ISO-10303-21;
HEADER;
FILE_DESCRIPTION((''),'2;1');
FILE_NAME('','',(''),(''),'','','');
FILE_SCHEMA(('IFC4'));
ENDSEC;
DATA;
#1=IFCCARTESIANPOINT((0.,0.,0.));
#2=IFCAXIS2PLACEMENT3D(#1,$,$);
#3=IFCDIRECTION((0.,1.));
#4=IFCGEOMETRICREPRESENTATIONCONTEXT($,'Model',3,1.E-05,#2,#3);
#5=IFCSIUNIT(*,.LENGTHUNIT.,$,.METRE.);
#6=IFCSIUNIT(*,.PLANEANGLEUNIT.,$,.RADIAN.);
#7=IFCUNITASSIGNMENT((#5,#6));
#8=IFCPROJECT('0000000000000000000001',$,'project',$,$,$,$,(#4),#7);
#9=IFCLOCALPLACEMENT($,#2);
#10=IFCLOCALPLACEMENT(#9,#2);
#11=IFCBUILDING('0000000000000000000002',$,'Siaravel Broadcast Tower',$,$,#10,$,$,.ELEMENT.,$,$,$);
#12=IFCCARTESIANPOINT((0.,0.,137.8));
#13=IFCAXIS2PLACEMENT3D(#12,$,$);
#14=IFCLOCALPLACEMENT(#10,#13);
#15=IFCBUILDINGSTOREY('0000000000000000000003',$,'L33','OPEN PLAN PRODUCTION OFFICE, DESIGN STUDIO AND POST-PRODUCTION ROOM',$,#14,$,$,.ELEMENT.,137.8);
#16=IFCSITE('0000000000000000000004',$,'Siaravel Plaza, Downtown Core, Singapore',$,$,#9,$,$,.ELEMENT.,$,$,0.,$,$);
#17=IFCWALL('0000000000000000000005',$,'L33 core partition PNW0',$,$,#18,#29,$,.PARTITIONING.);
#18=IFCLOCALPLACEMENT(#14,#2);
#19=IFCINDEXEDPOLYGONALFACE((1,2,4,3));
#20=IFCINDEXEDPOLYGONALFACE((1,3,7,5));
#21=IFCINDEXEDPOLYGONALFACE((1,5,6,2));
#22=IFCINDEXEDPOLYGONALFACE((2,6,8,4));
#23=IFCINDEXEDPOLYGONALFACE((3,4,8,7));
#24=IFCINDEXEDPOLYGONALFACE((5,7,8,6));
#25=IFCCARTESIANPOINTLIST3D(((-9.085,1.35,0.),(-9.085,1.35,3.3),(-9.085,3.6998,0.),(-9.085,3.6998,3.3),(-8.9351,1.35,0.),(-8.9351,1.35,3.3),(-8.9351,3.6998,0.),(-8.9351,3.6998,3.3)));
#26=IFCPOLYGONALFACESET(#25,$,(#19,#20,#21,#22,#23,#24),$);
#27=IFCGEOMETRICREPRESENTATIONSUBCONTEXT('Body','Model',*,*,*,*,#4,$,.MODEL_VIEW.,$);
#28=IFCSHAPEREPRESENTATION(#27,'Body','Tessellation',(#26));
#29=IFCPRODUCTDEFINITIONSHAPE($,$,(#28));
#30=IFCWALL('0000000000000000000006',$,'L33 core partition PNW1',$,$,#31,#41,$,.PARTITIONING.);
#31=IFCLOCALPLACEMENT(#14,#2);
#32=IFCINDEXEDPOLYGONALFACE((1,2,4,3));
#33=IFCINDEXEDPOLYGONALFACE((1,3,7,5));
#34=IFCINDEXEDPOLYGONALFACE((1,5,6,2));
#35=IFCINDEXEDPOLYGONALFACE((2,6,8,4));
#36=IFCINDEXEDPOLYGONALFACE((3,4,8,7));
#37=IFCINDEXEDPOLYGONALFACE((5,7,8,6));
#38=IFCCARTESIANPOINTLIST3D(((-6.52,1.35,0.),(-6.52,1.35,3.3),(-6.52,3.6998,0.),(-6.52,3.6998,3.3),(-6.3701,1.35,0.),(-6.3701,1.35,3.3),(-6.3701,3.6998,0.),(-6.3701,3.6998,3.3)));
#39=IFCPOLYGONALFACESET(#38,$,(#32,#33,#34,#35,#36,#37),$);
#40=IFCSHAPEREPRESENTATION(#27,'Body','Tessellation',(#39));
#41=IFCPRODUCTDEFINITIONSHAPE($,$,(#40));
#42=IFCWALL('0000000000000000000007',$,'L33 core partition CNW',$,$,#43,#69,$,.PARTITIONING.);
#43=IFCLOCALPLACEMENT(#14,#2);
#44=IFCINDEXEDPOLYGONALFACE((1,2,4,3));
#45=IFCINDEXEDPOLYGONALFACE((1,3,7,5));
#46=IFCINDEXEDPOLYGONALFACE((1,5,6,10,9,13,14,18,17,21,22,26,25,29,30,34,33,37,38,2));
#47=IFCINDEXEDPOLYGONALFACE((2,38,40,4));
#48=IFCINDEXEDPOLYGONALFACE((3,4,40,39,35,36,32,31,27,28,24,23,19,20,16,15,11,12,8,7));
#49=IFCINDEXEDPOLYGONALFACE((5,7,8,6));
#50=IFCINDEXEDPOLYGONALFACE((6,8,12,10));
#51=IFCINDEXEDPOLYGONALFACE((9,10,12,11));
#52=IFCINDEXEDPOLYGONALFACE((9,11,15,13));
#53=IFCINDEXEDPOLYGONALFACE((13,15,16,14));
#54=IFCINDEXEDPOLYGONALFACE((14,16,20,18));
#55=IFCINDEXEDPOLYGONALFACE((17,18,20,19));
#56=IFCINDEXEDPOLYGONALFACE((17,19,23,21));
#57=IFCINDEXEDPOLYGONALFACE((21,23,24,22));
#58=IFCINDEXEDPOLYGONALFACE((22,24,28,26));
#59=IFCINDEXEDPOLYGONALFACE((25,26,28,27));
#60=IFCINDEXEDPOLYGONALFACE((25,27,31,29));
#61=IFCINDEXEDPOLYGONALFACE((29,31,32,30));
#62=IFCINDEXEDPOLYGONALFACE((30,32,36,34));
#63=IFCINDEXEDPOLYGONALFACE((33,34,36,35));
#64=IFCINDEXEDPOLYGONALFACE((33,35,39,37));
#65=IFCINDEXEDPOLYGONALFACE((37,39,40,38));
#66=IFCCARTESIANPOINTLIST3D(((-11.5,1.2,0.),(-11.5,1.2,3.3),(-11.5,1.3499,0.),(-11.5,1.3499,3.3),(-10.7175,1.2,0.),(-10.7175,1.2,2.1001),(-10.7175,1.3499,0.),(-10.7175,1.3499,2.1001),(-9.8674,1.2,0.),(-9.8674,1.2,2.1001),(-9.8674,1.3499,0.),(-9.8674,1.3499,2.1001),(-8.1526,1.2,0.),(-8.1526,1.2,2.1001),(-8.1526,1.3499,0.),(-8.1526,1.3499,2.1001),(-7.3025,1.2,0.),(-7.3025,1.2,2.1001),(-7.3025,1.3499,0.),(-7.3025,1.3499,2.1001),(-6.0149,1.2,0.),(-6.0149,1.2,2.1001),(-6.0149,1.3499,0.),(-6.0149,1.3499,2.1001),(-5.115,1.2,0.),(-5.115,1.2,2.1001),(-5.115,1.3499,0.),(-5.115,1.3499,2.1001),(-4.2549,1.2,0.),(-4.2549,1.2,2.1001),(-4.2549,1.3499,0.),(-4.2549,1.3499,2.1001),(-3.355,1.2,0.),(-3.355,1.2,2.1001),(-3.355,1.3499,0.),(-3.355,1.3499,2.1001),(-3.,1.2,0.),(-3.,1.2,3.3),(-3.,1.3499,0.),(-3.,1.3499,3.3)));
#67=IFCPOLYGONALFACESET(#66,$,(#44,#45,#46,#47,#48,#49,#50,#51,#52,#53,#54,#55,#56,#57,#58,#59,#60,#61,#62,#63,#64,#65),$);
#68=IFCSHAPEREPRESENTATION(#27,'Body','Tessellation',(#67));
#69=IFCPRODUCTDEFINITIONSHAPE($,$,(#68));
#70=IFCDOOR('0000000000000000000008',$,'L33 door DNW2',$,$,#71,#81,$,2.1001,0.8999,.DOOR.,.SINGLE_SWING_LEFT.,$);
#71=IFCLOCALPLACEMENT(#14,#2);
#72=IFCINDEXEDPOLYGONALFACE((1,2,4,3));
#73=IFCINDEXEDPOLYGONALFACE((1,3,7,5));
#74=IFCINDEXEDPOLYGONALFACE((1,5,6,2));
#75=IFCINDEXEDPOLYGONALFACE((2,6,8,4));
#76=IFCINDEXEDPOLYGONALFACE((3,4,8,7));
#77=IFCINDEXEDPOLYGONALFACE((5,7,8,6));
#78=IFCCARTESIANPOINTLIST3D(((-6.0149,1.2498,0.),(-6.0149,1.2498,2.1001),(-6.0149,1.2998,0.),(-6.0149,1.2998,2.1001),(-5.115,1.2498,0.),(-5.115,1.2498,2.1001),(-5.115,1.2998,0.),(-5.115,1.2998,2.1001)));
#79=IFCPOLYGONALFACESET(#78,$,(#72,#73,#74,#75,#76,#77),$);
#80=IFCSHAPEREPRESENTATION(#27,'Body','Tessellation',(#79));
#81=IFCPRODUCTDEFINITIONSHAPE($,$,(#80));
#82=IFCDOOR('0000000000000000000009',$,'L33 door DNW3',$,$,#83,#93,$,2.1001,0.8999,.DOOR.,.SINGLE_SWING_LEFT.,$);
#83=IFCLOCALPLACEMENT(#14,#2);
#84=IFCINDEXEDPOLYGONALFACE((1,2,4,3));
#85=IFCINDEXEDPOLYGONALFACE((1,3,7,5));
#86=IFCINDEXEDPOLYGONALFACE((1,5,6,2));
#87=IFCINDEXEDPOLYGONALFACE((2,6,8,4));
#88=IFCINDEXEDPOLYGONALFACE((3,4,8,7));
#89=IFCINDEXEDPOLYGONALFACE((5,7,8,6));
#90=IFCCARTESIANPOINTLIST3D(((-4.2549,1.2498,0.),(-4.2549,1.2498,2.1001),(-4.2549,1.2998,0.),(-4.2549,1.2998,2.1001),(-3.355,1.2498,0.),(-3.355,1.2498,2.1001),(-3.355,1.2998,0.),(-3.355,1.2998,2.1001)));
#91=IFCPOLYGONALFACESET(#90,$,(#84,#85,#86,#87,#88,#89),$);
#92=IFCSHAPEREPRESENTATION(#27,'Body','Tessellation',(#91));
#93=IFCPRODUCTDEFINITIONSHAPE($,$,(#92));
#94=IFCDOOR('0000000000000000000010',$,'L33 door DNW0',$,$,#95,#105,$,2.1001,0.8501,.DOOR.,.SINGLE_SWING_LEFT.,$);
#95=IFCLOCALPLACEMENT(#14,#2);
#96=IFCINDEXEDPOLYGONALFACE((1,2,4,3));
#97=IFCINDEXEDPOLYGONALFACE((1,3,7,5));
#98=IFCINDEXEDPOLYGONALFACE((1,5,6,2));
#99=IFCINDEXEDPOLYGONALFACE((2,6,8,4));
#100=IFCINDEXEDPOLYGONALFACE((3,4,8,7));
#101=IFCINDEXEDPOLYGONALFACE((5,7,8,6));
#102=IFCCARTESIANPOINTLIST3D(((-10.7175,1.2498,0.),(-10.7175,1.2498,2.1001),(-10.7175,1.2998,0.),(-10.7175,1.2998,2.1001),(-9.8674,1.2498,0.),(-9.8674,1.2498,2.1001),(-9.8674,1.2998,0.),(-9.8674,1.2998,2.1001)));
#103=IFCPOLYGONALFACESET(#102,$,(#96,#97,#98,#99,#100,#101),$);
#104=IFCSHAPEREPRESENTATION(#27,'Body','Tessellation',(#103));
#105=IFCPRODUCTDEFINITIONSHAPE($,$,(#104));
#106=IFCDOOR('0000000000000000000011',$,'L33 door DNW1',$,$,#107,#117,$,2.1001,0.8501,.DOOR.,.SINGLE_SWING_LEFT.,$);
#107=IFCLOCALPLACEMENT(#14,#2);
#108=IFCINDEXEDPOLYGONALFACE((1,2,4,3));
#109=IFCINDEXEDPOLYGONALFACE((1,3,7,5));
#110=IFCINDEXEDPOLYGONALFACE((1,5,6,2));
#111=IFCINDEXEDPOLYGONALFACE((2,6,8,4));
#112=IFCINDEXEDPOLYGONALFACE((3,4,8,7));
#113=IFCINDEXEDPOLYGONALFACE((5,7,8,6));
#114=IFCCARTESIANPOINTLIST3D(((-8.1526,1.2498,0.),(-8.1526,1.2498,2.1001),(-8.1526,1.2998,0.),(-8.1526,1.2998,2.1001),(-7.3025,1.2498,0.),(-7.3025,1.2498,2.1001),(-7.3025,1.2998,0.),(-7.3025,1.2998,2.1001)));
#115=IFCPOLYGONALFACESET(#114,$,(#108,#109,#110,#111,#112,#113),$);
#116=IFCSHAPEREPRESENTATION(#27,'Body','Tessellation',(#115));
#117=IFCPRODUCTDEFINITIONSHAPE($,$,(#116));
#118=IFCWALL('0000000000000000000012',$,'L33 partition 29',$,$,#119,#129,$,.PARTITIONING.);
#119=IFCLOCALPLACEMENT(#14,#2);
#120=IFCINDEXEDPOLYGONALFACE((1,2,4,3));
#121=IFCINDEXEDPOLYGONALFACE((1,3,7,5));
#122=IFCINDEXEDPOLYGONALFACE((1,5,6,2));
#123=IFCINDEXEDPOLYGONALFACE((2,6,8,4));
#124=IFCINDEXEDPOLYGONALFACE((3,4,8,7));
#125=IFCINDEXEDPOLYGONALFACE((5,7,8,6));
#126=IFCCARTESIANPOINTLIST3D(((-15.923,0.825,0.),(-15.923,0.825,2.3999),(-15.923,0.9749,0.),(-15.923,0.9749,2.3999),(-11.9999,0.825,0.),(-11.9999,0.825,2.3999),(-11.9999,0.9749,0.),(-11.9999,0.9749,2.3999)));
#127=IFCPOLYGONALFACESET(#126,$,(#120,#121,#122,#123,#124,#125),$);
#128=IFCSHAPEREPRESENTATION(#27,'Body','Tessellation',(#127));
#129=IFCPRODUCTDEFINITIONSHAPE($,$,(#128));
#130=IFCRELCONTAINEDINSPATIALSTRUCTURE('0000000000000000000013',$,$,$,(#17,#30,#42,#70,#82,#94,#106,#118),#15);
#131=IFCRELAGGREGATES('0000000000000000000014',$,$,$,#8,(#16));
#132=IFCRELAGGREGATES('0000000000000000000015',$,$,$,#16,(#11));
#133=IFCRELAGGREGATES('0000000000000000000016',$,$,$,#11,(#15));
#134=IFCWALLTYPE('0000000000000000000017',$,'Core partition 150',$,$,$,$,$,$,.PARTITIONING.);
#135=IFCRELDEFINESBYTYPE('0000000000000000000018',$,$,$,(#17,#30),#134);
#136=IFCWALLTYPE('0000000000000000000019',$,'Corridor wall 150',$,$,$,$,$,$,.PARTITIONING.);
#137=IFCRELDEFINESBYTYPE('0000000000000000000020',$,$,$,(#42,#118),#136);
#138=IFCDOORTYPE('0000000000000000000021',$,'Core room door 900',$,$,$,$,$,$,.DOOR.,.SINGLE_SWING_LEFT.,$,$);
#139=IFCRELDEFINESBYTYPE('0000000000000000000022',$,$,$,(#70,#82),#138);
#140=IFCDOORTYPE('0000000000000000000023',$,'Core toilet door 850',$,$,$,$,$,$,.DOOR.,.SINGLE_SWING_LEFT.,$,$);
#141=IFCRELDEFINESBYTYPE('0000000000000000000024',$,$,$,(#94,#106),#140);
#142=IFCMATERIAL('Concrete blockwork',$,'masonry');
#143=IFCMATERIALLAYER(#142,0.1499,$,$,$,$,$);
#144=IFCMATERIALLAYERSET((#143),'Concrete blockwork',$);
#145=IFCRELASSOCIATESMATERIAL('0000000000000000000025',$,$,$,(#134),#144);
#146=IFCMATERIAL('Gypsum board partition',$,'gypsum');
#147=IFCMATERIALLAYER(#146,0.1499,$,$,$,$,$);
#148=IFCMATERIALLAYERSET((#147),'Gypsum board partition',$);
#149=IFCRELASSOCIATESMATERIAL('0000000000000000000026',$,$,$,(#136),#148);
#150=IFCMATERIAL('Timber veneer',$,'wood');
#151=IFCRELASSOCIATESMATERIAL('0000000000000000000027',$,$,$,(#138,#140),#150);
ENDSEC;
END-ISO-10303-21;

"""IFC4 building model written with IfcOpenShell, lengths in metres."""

from ifc_helpers import new_model, si_unit, direction, frame, frame_2d, origin, place, context, subcontext, project, spatial, rectangle, extrude, material, layer, layer_set, type_object, element, fill, save


model = new_model("IFC4")

# Units and contexts
model_context = context("Model", 3, precision=1e-05, world=origin(), true_north=direction((0.0, 1.0)))
body_context = subcontext(model_context, "Body", "Model", "MODEL_VIEW")
ifc_project = project(units=[si_unit("LENGTHUNIT", "METRE"), si_unit("PLANEANGLEUNIT", "RADIAN")], contexts=[model_context])

# Site, building, storey
site_placement = place(None, origin())
site = spatial("IfcSite", under=ifc_project, at=site_placement, Name="Siaravel Plaza, Downtown Core, Singapore", CompositionType="ELEMENT", RefElevation=0.0)
building_placement = place(site_placement, origin())
building = spatial("IfcBuilding", under=site, at=building_placement, Name="Siaravel Broadcast Tower", CompositionType="ELEMENT")
storey_placement = place(building_placement, frame((0.0, 0.0, 137.8)))
storey = spatial("IfcBuildingStorey", under=building, at=storey_placement, Name="L33", Description="OPEN PLAN PRODUCTION OFFICE, DESIGN STUDIO AND POST-PRODUCTION ROOM", CompositionType="ELEMENT", Elevation=137.8)

# Walls
ifc_material_1 = material(Name="Concrete blockwork", Category="masonry")
ifc_layer_1 = layer(ifc_material_1, 0.1499)
ifc_layer_set_1 = layer_set([ifc_layer_1], Name="Concrete blockwork")
wall_type_1 = type_object("IfcWallType", Name="Core partition 150", PredefinedType="PARTITIONING", material=ifc_layer_set_1)
for number, where, z_axis, x_axis, name in (
    (1, (-9.01, 1.3501, 0.0), (0.0, 0.0, 1.0), (0.0, 1.0, 0.0), "L33 core partition PNW0"),
    (2, (-6.4451, 1.3501, 0.0), (0.0, 0.0, 1.0), (0.0, 1.0, 0.0), "L33 core partition PNW1"),
):
    element("IfcWall", number, at=place(storey_placement, frame(where, z_axis=z_axis, x_axis=x_axis)), inside=storey, type_object=wall_type_1, Name=name, PredefinedType="PARTITIONING", context=body_context, shape_type="SweptSolid", body=[
        extrude(rectangle(XDim=2.3499, YDim=0.1499, at=frame_2d((1.1748, 0.0))), origin(), (0.0, 0.0, 1.0), 3.3),
    ])

# Wall, openings, doors
ifc_material_2 = material(Name="Gypsum board partition", Category="gypsum")
ifc_layer_2 = layer(ifc_material_2, 0.1499)
ifc_layer_set_2 = layer_set([ifc_layer_2], Name="Gypsum board partition")
wall_type_2 = type_object("IfcWallType", Name="Corridor wall 150", PredefinedType="PARTITIONING", material=ifc_layer_set_2)
wall_1_placement = place(storey_placement, frame((-11.5, 1.2749, 0.0), z_axis=(0.0, 0.0, 1.0), x_axis=(1.0, 0.0, 0.0)))
wall_1 = element("IfcWall", 3, at=wall_1_placement, inside=storey, type_object=wall_type_2, Name="L33 core partition CNW", PredefinedType="PARTITIONING", context=body_context, shape_type="SweptSolid", body=[
    extrude(rectangle(XDim=8.5, YDim=0.1499, at=frame_2d((4.25, 0.0))), origin(), (0.0, 0.0, 1.0), 3.3),
])
opening_1_placement = place(wall_1_placement, frame((0.7825, 0.0, 0.0)))
opening_1 = element("IfcOpeningElement", 4, at=opening_1_placement, cuts=wall_1, PredefinedType="OPENING", context=body_context, shape_type="SweptSolid", body=[
    extrude(rectangle(XDim=0.8501, YDim=2.1001, at=frame_2d((0.425, 1.05))), frame((0.0, 0.085, 0.0), z_axis=(0.0, -1.0, 0.0), x_axis=(1.0, 0.0, 0.0)), (0.0, 0.0, 1.0), 0.1699),
])
opening_2_placement = place(wall_1_placement, frame((3.3474, 0.0, 0.0)))
opening_2 = element("IfcOpeningElement", 5, at=opening_2_placement, cuts=wall_1, PredefinedType="OPENING", context=body_context, shape_type="SweptSolid", body=[
    extrude(rectangle(XDim=0.8501, YDim=2.1001, at=frame_2d((0.425, 1.05))), frame((0.0, 0.085, 0.0), z_axis=(0.0, -1.0, 0.0), x_axis=(1.0, 0.0, 0.0)), (0.0, 0.0, 1.0), 0.1699),
])
opening_3_placement = place(wall_1_placement, frame((5.4851, 0.0, 0.0)))
opening_3 = element("IfcOpeningElement", 6, at=opening_3_placement, cuts=wall_1, PredefinedType="OPENING", context=body_context, shape_type="SweptSolid", body=[
    extrude(rectangle(XDim=0.8999, YDim=2.1001, at=frame_2d((0.45, 1.05))), frame((0.0, 0.085, 0.0), z_axis=(0.0, -1.0, 0.0), x_axis=(1.0, 0.0, 0.0)), (0.0, 0.0, 1.0), 0.1699),
])
opening_4_placement = place(wall_1_placement, frame((7.2451, 0.0, 0.0)))
opening_4 = element("IfcOpeningElement", 7, at=opening_4_placement, cuts=wall_1, PredefinedType="OPENING", context=body_context, shape_type="SweptSolid", body=[
    extrude(rectangle(XDim=0.8999, YDim=2.1001, at=frame_2d((0.45, 1.05))), frame((0.0, 0.085, 0.0), z_axis=(0.0, -1.0, 0.0), x_axis=(1.0, 0.0, 0.0)), (0.0, 0.0, 1.0), 0.1699),
])
ifc_material_3 = material(Name="Timber veneer", Category="wood")
door_type_1 = type_object("IfcDoorType", Name="Core room door 900", OperationType="SINGLE_SWING_LEFT", PredefinedType="DOOR", material=ifc_material_3)
door_1_placement = place(opening_3_placement, origin())
door_1 = element("IfcDoor", 8, at=door_1_placement, inside=storey, type_object=door_type_1, Name="L33 door DNW2", OperationType="SINGLE_SWING_LEFT", OverallHeight=2.1001, OverallWidth=0.8999, PredefinedType="DOOR", context=body_context, shape_type="SweptSolid", body=[
    extrude(rectangle(XDim=0.8999, YDim=2.1001, at=frame_2d((0.45, 1.05))), frame((0.0, 0.0249, 0.0), z_axis=(0.0, -1.0, 0.0), x_axis=(1.0, 0.0, 0.0)), (0.0, 0.0, 1.0), 0.05),
])
fill(opening_3, door_1)
door_2_placement = place(opening_4_placement, origin())
door_2 = element("IfcDoor", 9, at=door_2_placement, inside=storey, type_object=door_type_1, Name="L33 door DNW3", OperationType="SINGLE_SWING_LEFT", OverallHeight=2.1001, OverallWidth=0.8999, PredefinedType="DOOR", context=body_context, shape_type="SweptSolid", body=[
    extrude(rectangle(XDim=0.8999, YDim=2.1001, at=frame_2d((0.45, 1.05))), frame((0.0, 0.0249, 0.0), z_axis=(0.0, -1.0, 0.0), x_axis=(1.0, 0.0, 0.0)), (0.0, 0.0, 1.0), 0.05),
])
fill(opening_4, door_2)
door_type_2 = type_object("IfcDoorType", Name="Core toilet door 850", OperationType="SINGLE_SWING_LEFT", PredefinedType="DOOR", material=ifc_material_3)
door_3_placement = place(opening_1_placement, origin())
door_3 = element("IfcDoor", 10, at=door_3_placement, inside=storey, type_object=door_type_2, Name="L33 door DNW0", OperationType="SINGLE_SWING_LEFT", OverallHeight=2.1001, OverallWidth=0.8501, PredefinedType="DOOR", context=body_context, shape_type="SweptSolid", body=[
    extrude(rectangle(XDim=0.8501, YDim=2.1001, at=frame_2d((0.425, 1.05))), frame((0.0, 0.0249, 0.0), z_axis=(0.0, -1.0, 0.0), x_axis=(1.0, 0.0, 0.0)), (0.0, 0.0, 1.0), 0.05),
])
fill(opening_1, door_3)
door_4_placement = place(opening_2_placement, origin())
door_4 = element("IfcDoor", 11, at=door_4_placement, inside=storey, type_object=door_type_2, Name="L33 door DNW1", OperationType="SINGLE_SWING_LEFT", OverallHeight=2.1001, OverallWidth=0.8501, PredefinedType="DOOR", context=body_context, shape_type="SweptSolid", body=[
    extrude(rectangle(XDim=0.8501, YDim=2.1001, at=frame_2d((0.425, 1.05))), frame((0.0, 0.0249, 0.0), z_axis=(0.0, -1.0, 0.0), x_axis=(1.0, 0.0, 0.0)), (0.0, 0.0, 1.0), 0.05),
])
fill(opening_2, door_4)

# Wall
wall_2_placement = place(storey_placement, frame((-12.0, 0.8999, 0.0), z_axis=(0.0, 0.0, 1.0), x_axis=(-1.0, 0.0, 0.0)))
element("IfcWall", 12, at=wall_2_placement, inside=storey, type_object=wall_type_2, Name="L33 partition 29", PredefinedType="PARTITIONING", context=body_context, shape_type="SweptSolid", body=[
    extrude(rectangle(XDim=3.9231, YDim=0.1499, at=frame_2d((1.9614, 0.0))), origin(), (0.0, 0.0, 1.0), 2.3999),
])

save(model, "model.ifc")
